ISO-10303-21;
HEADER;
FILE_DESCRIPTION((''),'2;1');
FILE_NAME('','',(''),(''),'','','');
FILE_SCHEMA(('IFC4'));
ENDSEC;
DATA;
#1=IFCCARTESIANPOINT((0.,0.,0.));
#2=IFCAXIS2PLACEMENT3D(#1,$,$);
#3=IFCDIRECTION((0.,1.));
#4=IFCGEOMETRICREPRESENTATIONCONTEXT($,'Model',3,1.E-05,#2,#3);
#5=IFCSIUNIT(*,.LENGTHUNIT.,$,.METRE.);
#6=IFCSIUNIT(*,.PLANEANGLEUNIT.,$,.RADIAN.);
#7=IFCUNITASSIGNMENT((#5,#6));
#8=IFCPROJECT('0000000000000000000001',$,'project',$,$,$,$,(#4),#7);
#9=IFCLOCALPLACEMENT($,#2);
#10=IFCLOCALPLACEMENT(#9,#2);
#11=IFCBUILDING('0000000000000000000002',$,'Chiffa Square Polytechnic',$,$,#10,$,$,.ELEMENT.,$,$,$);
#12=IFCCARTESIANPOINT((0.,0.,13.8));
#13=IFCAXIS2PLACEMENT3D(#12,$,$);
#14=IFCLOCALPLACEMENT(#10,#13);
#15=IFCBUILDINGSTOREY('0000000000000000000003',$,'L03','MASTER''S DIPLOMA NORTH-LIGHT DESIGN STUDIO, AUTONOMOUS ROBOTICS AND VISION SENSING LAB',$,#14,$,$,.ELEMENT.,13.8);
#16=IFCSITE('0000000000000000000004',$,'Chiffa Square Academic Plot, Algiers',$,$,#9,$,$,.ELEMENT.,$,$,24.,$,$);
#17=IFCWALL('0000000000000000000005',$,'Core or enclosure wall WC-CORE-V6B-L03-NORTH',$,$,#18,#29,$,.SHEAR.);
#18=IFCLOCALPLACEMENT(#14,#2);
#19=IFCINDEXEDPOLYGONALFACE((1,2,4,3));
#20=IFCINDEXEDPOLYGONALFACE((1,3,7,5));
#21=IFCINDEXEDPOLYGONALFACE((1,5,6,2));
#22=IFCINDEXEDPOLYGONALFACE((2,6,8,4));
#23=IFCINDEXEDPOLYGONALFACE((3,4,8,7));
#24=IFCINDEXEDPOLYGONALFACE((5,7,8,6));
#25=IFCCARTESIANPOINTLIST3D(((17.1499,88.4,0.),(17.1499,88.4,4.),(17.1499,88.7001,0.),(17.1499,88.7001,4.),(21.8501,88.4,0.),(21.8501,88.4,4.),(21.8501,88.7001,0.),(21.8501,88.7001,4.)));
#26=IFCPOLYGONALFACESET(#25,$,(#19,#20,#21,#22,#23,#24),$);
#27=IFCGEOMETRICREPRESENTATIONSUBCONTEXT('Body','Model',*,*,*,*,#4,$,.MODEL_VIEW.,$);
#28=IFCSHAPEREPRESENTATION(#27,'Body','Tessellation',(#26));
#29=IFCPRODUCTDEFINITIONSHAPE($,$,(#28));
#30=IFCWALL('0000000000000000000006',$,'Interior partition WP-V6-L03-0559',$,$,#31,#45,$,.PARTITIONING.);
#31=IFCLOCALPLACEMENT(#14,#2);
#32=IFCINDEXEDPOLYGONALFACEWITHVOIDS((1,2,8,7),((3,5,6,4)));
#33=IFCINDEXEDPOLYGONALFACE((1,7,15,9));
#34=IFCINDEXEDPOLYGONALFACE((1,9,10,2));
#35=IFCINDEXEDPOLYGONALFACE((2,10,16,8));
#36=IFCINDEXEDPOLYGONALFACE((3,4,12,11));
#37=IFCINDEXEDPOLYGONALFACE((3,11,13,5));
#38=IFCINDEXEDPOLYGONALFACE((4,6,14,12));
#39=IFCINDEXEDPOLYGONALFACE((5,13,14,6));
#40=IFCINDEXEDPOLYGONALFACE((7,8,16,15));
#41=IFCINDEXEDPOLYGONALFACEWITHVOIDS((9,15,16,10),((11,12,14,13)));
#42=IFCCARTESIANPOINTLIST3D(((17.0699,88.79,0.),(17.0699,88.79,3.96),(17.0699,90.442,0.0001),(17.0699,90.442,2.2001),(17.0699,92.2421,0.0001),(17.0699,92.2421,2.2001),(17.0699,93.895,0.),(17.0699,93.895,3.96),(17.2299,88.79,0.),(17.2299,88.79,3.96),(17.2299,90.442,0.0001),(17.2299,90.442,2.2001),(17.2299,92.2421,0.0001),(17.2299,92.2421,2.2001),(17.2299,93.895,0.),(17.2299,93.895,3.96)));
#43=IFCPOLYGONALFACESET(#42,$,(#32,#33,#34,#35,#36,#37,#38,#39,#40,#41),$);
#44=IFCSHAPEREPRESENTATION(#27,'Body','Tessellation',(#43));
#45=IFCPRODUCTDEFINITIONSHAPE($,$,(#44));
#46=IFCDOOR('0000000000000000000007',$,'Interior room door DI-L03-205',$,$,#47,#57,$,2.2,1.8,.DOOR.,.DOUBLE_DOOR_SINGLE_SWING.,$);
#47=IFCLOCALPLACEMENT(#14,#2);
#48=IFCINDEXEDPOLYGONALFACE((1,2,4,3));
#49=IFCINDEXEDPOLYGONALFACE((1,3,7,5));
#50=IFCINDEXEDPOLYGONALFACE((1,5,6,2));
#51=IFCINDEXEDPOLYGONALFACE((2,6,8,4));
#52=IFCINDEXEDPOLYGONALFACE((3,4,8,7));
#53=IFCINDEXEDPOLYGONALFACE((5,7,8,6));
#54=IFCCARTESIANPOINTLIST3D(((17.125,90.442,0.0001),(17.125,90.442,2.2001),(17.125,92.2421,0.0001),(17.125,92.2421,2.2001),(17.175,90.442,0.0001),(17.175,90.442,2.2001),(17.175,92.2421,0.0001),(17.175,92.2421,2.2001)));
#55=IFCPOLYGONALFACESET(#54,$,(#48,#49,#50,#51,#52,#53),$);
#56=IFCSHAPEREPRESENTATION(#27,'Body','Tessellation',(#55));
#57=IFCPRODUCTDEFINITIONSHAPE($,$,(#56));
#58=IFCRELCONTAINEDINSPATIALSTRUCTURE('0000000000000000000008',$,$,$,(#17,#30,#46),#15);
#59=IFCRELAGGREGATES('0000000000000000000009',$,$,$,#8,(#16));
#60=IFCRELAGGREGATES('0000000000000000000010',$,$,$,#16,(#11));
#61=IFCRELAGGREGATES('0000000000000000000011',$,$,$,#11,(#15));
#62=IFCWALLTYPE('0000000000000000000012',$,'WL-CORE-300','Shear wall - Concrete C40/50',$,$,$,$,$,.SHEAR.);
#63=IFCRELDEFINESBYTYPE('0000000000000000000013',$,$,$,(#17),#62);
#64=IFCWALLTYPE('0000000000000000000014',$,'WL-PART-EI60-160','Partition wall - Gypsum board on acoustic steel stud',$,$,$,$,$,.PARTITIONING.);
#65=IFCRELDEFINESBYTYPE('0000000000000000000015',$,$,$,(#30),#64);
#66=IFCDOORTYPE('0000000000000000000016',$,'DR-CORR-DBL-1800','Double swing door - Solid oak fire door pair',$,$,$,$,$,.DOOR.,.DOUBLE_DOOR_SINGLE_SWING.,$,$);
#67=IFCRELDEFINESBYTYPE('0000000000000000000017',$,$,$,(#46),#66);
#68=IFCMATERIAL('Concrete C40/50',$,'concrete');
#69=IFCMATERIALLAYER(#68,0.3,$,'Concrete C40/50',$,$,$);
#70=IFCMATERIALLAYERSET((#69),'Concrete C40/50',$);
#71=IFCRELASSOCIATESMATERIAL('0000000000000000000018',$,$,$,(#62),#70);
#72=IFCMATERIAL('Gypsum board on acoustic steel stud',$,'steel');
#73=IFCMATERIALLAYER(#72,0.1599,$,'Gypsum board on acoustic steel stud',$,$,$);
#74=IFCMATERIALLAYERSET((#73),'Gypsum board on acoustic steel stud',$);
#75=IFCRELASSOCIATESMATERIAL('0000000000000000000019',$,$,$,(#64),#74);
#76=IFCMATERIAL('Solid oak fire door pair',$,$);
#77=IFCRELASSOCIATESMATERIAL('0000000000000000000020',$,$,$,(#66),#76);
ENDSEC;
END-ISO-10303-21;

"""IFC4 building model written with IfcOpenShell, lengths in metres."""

from ifc_helpers import new_model, si_unit, direction, frame, frame_2d, origin, place, context, subcontext, project, spatial, rectangle, extrude, material, layer, layer_set, type_object, element, fill, save


model = new_model("IFC4")

# Units and contexts
model_context = context("Model", 3, precision=1e-05, world=origin(), true_north=direction((0.0, 1.0)))
body_context = subcontext(model_context, "Body", "Model", "MODEL_VIEW")
ifc_project = project(units=[si_unit("LENGTHUNIT", "METRE"), si_unit("PLANEANGLEUNIT", "RADIAN")], contexts=[model_context])

# Site, building, storey
site_placement = place(None, origin())
site = spatial("IfcSite", under=ifc_project, at=site_placement, Name="Chiffa Square Academic Plot, Algiers", CompositionType="ELEMENT", RefElevation=24.0)
building_placement = place(site_placement, origin())
building = spatial("IfcBuilding", under=site, at=building_placement, Name="Chiffa Square Polytechnic", CompositionType="ELEMENT")
storey_placement = place(building_placement, frame((0.0, 0.0, 13.8)))
storey = spatial("IfcBuildingStorey", under=building, at=storey_placement, Name="L03", Description="MASTER'S DIPLOMA NORTH-LIGHT DESIGN STUDIO, AUTONOMOUS ROBOTICS AND VISION SENSING LAB", CompositionType="ELEMENT", Elevation=13.8)

# Wall
ifc_material_1 = material(Name="Concrete C40/50", Category="concrete")
ifc_layer_1 = layer(ifc_material_1, 0.3, Name="Concrete C40/50")
ifc_layer_set_1 = layer_set([ifc_layer_1], Name="Concrete C40/50")
wall_type_1 = type_object("IfcWallType", Name="WL-CORE-300", Description="Shear wall - Concrete C40/50", PredefinedType="SHEAR", material=ifc_layer_set_1)
wall_1_placement = place(storey_placement, frame((17.1499, 88.55, 0.0), z_axis=(0.0, 0.0, 1.0), x_axis=(1.0, 0.0, 0.0)))
element("IfcWall", 1, at=wall_1_placement, inside=storey, type_object=wall_type_1, Name="Core or enclosure wall WC-CORE-V6B-L03-NORTH", PredefinedType="SHEAR", context=body_context, shape_type="SweptSolid", body=[
    extrude(rectangle(XDim=4.7002, YDim=0.3, at=frame_2d((2.3501, 0.0))), origin(), (0.0, 0.0, 1.0), 4.0),
])

# Wall, opening, door
ifc_material_2 = material(Name="Gypsum board on acoustic steel stud", Category="steel")
ifc_layer_2 = layer(ifc_material_2, 0.1599, Name="Gypsum board on acoustic steel stud")
ifc_layer_set_2 = layer_set([ifc_layer_2], Name="Gypsum board on acoustic steel stud")
wall_type_2 = type_object("IfcWallType", Name="WL-PART-EI60-160", Description="Partition wall - Gypsum board on acoustic steel stud", PredefinedType="PARTITIONING", material=ifc_layer_set_2)
wall_2_placement = place(storey_placement, frame((17.1499, 88.79, 0.0), z_axis=(0.0, 0.0, 1.0), x_axis=(0.0, 1.0, 0.0)))
wall_2 = element("IfcWall", 2, at=wall_2_placement, inside=storey, type_object=wall_type_2, Name="Interior partition WP-V6-L03-0559", PredefinedType="PARTITIONING", context=body_context, shape_type="SweptSolid", body=[
    extrude(rectangle(XDim=5.105, YDim=0.1599, at=frame_2d((2.5525, 0.0))), origin(), (0.0, 0.0, 1.0), 3.96),
])
opening_placement = place(wall_2_placement, frame((1.6521, 0.0, 0.0)))
opening = element("IfcOpeningElement", 3, at=opening_placement, cuts=wall_2, PredefinedType="OPENING", context=body_context, shape_type="SweptSolid", body=[
    extrude(rectangle(XDim=1.8, YDim=2.2, at=frame_2d((0.8999, 1.1001))), frame((0.0, 0.0898, 0.0), z_axis=(0.0, -1.0, 0.0), x_axis=(1.0, 0.0, 0.0)), (0.0, 0.0, 1.0), 0.1799),
])
ifc_material_3 = material(Name="Solid oak fire door pair")
door_type = type_object("IfcDoorType", Name="DR-CORR-DBL-1800", Description="Double swing door - Solid oak fire door pair", OperationType="DOUBLE_DOOR_SINGLE_SWING", PredefinedType="DOOR", material=ifc_material_3)
door_placement = place(opening_placement, origin())
door = element("IfcDoor", 4, at=door_placement, inside=storey, type_object=door_type, Name="Interior room door DI-L03-205", OperationType="DOUBLE_DOOR_SINGLE_SWING", OverallHeight=2.2, OverallWidth=1.8, PredefinedType="DOOR", context=body_context, shape_type="SweptSolid", body=[
    extrude(rectangle(XDim=1.8, YDim=2.2, at=frame_2d((0.8999, 1.1001))), frame((0.0, 0.0249, 0.0), z_axis=(0.0, -1.0, 0.0), x_axis=(1.0, 0.0, 0.0)), (0.0, 0.0, 1.0), 0.05),
])
fill(opening, door)

save(model, "model.ifc")
